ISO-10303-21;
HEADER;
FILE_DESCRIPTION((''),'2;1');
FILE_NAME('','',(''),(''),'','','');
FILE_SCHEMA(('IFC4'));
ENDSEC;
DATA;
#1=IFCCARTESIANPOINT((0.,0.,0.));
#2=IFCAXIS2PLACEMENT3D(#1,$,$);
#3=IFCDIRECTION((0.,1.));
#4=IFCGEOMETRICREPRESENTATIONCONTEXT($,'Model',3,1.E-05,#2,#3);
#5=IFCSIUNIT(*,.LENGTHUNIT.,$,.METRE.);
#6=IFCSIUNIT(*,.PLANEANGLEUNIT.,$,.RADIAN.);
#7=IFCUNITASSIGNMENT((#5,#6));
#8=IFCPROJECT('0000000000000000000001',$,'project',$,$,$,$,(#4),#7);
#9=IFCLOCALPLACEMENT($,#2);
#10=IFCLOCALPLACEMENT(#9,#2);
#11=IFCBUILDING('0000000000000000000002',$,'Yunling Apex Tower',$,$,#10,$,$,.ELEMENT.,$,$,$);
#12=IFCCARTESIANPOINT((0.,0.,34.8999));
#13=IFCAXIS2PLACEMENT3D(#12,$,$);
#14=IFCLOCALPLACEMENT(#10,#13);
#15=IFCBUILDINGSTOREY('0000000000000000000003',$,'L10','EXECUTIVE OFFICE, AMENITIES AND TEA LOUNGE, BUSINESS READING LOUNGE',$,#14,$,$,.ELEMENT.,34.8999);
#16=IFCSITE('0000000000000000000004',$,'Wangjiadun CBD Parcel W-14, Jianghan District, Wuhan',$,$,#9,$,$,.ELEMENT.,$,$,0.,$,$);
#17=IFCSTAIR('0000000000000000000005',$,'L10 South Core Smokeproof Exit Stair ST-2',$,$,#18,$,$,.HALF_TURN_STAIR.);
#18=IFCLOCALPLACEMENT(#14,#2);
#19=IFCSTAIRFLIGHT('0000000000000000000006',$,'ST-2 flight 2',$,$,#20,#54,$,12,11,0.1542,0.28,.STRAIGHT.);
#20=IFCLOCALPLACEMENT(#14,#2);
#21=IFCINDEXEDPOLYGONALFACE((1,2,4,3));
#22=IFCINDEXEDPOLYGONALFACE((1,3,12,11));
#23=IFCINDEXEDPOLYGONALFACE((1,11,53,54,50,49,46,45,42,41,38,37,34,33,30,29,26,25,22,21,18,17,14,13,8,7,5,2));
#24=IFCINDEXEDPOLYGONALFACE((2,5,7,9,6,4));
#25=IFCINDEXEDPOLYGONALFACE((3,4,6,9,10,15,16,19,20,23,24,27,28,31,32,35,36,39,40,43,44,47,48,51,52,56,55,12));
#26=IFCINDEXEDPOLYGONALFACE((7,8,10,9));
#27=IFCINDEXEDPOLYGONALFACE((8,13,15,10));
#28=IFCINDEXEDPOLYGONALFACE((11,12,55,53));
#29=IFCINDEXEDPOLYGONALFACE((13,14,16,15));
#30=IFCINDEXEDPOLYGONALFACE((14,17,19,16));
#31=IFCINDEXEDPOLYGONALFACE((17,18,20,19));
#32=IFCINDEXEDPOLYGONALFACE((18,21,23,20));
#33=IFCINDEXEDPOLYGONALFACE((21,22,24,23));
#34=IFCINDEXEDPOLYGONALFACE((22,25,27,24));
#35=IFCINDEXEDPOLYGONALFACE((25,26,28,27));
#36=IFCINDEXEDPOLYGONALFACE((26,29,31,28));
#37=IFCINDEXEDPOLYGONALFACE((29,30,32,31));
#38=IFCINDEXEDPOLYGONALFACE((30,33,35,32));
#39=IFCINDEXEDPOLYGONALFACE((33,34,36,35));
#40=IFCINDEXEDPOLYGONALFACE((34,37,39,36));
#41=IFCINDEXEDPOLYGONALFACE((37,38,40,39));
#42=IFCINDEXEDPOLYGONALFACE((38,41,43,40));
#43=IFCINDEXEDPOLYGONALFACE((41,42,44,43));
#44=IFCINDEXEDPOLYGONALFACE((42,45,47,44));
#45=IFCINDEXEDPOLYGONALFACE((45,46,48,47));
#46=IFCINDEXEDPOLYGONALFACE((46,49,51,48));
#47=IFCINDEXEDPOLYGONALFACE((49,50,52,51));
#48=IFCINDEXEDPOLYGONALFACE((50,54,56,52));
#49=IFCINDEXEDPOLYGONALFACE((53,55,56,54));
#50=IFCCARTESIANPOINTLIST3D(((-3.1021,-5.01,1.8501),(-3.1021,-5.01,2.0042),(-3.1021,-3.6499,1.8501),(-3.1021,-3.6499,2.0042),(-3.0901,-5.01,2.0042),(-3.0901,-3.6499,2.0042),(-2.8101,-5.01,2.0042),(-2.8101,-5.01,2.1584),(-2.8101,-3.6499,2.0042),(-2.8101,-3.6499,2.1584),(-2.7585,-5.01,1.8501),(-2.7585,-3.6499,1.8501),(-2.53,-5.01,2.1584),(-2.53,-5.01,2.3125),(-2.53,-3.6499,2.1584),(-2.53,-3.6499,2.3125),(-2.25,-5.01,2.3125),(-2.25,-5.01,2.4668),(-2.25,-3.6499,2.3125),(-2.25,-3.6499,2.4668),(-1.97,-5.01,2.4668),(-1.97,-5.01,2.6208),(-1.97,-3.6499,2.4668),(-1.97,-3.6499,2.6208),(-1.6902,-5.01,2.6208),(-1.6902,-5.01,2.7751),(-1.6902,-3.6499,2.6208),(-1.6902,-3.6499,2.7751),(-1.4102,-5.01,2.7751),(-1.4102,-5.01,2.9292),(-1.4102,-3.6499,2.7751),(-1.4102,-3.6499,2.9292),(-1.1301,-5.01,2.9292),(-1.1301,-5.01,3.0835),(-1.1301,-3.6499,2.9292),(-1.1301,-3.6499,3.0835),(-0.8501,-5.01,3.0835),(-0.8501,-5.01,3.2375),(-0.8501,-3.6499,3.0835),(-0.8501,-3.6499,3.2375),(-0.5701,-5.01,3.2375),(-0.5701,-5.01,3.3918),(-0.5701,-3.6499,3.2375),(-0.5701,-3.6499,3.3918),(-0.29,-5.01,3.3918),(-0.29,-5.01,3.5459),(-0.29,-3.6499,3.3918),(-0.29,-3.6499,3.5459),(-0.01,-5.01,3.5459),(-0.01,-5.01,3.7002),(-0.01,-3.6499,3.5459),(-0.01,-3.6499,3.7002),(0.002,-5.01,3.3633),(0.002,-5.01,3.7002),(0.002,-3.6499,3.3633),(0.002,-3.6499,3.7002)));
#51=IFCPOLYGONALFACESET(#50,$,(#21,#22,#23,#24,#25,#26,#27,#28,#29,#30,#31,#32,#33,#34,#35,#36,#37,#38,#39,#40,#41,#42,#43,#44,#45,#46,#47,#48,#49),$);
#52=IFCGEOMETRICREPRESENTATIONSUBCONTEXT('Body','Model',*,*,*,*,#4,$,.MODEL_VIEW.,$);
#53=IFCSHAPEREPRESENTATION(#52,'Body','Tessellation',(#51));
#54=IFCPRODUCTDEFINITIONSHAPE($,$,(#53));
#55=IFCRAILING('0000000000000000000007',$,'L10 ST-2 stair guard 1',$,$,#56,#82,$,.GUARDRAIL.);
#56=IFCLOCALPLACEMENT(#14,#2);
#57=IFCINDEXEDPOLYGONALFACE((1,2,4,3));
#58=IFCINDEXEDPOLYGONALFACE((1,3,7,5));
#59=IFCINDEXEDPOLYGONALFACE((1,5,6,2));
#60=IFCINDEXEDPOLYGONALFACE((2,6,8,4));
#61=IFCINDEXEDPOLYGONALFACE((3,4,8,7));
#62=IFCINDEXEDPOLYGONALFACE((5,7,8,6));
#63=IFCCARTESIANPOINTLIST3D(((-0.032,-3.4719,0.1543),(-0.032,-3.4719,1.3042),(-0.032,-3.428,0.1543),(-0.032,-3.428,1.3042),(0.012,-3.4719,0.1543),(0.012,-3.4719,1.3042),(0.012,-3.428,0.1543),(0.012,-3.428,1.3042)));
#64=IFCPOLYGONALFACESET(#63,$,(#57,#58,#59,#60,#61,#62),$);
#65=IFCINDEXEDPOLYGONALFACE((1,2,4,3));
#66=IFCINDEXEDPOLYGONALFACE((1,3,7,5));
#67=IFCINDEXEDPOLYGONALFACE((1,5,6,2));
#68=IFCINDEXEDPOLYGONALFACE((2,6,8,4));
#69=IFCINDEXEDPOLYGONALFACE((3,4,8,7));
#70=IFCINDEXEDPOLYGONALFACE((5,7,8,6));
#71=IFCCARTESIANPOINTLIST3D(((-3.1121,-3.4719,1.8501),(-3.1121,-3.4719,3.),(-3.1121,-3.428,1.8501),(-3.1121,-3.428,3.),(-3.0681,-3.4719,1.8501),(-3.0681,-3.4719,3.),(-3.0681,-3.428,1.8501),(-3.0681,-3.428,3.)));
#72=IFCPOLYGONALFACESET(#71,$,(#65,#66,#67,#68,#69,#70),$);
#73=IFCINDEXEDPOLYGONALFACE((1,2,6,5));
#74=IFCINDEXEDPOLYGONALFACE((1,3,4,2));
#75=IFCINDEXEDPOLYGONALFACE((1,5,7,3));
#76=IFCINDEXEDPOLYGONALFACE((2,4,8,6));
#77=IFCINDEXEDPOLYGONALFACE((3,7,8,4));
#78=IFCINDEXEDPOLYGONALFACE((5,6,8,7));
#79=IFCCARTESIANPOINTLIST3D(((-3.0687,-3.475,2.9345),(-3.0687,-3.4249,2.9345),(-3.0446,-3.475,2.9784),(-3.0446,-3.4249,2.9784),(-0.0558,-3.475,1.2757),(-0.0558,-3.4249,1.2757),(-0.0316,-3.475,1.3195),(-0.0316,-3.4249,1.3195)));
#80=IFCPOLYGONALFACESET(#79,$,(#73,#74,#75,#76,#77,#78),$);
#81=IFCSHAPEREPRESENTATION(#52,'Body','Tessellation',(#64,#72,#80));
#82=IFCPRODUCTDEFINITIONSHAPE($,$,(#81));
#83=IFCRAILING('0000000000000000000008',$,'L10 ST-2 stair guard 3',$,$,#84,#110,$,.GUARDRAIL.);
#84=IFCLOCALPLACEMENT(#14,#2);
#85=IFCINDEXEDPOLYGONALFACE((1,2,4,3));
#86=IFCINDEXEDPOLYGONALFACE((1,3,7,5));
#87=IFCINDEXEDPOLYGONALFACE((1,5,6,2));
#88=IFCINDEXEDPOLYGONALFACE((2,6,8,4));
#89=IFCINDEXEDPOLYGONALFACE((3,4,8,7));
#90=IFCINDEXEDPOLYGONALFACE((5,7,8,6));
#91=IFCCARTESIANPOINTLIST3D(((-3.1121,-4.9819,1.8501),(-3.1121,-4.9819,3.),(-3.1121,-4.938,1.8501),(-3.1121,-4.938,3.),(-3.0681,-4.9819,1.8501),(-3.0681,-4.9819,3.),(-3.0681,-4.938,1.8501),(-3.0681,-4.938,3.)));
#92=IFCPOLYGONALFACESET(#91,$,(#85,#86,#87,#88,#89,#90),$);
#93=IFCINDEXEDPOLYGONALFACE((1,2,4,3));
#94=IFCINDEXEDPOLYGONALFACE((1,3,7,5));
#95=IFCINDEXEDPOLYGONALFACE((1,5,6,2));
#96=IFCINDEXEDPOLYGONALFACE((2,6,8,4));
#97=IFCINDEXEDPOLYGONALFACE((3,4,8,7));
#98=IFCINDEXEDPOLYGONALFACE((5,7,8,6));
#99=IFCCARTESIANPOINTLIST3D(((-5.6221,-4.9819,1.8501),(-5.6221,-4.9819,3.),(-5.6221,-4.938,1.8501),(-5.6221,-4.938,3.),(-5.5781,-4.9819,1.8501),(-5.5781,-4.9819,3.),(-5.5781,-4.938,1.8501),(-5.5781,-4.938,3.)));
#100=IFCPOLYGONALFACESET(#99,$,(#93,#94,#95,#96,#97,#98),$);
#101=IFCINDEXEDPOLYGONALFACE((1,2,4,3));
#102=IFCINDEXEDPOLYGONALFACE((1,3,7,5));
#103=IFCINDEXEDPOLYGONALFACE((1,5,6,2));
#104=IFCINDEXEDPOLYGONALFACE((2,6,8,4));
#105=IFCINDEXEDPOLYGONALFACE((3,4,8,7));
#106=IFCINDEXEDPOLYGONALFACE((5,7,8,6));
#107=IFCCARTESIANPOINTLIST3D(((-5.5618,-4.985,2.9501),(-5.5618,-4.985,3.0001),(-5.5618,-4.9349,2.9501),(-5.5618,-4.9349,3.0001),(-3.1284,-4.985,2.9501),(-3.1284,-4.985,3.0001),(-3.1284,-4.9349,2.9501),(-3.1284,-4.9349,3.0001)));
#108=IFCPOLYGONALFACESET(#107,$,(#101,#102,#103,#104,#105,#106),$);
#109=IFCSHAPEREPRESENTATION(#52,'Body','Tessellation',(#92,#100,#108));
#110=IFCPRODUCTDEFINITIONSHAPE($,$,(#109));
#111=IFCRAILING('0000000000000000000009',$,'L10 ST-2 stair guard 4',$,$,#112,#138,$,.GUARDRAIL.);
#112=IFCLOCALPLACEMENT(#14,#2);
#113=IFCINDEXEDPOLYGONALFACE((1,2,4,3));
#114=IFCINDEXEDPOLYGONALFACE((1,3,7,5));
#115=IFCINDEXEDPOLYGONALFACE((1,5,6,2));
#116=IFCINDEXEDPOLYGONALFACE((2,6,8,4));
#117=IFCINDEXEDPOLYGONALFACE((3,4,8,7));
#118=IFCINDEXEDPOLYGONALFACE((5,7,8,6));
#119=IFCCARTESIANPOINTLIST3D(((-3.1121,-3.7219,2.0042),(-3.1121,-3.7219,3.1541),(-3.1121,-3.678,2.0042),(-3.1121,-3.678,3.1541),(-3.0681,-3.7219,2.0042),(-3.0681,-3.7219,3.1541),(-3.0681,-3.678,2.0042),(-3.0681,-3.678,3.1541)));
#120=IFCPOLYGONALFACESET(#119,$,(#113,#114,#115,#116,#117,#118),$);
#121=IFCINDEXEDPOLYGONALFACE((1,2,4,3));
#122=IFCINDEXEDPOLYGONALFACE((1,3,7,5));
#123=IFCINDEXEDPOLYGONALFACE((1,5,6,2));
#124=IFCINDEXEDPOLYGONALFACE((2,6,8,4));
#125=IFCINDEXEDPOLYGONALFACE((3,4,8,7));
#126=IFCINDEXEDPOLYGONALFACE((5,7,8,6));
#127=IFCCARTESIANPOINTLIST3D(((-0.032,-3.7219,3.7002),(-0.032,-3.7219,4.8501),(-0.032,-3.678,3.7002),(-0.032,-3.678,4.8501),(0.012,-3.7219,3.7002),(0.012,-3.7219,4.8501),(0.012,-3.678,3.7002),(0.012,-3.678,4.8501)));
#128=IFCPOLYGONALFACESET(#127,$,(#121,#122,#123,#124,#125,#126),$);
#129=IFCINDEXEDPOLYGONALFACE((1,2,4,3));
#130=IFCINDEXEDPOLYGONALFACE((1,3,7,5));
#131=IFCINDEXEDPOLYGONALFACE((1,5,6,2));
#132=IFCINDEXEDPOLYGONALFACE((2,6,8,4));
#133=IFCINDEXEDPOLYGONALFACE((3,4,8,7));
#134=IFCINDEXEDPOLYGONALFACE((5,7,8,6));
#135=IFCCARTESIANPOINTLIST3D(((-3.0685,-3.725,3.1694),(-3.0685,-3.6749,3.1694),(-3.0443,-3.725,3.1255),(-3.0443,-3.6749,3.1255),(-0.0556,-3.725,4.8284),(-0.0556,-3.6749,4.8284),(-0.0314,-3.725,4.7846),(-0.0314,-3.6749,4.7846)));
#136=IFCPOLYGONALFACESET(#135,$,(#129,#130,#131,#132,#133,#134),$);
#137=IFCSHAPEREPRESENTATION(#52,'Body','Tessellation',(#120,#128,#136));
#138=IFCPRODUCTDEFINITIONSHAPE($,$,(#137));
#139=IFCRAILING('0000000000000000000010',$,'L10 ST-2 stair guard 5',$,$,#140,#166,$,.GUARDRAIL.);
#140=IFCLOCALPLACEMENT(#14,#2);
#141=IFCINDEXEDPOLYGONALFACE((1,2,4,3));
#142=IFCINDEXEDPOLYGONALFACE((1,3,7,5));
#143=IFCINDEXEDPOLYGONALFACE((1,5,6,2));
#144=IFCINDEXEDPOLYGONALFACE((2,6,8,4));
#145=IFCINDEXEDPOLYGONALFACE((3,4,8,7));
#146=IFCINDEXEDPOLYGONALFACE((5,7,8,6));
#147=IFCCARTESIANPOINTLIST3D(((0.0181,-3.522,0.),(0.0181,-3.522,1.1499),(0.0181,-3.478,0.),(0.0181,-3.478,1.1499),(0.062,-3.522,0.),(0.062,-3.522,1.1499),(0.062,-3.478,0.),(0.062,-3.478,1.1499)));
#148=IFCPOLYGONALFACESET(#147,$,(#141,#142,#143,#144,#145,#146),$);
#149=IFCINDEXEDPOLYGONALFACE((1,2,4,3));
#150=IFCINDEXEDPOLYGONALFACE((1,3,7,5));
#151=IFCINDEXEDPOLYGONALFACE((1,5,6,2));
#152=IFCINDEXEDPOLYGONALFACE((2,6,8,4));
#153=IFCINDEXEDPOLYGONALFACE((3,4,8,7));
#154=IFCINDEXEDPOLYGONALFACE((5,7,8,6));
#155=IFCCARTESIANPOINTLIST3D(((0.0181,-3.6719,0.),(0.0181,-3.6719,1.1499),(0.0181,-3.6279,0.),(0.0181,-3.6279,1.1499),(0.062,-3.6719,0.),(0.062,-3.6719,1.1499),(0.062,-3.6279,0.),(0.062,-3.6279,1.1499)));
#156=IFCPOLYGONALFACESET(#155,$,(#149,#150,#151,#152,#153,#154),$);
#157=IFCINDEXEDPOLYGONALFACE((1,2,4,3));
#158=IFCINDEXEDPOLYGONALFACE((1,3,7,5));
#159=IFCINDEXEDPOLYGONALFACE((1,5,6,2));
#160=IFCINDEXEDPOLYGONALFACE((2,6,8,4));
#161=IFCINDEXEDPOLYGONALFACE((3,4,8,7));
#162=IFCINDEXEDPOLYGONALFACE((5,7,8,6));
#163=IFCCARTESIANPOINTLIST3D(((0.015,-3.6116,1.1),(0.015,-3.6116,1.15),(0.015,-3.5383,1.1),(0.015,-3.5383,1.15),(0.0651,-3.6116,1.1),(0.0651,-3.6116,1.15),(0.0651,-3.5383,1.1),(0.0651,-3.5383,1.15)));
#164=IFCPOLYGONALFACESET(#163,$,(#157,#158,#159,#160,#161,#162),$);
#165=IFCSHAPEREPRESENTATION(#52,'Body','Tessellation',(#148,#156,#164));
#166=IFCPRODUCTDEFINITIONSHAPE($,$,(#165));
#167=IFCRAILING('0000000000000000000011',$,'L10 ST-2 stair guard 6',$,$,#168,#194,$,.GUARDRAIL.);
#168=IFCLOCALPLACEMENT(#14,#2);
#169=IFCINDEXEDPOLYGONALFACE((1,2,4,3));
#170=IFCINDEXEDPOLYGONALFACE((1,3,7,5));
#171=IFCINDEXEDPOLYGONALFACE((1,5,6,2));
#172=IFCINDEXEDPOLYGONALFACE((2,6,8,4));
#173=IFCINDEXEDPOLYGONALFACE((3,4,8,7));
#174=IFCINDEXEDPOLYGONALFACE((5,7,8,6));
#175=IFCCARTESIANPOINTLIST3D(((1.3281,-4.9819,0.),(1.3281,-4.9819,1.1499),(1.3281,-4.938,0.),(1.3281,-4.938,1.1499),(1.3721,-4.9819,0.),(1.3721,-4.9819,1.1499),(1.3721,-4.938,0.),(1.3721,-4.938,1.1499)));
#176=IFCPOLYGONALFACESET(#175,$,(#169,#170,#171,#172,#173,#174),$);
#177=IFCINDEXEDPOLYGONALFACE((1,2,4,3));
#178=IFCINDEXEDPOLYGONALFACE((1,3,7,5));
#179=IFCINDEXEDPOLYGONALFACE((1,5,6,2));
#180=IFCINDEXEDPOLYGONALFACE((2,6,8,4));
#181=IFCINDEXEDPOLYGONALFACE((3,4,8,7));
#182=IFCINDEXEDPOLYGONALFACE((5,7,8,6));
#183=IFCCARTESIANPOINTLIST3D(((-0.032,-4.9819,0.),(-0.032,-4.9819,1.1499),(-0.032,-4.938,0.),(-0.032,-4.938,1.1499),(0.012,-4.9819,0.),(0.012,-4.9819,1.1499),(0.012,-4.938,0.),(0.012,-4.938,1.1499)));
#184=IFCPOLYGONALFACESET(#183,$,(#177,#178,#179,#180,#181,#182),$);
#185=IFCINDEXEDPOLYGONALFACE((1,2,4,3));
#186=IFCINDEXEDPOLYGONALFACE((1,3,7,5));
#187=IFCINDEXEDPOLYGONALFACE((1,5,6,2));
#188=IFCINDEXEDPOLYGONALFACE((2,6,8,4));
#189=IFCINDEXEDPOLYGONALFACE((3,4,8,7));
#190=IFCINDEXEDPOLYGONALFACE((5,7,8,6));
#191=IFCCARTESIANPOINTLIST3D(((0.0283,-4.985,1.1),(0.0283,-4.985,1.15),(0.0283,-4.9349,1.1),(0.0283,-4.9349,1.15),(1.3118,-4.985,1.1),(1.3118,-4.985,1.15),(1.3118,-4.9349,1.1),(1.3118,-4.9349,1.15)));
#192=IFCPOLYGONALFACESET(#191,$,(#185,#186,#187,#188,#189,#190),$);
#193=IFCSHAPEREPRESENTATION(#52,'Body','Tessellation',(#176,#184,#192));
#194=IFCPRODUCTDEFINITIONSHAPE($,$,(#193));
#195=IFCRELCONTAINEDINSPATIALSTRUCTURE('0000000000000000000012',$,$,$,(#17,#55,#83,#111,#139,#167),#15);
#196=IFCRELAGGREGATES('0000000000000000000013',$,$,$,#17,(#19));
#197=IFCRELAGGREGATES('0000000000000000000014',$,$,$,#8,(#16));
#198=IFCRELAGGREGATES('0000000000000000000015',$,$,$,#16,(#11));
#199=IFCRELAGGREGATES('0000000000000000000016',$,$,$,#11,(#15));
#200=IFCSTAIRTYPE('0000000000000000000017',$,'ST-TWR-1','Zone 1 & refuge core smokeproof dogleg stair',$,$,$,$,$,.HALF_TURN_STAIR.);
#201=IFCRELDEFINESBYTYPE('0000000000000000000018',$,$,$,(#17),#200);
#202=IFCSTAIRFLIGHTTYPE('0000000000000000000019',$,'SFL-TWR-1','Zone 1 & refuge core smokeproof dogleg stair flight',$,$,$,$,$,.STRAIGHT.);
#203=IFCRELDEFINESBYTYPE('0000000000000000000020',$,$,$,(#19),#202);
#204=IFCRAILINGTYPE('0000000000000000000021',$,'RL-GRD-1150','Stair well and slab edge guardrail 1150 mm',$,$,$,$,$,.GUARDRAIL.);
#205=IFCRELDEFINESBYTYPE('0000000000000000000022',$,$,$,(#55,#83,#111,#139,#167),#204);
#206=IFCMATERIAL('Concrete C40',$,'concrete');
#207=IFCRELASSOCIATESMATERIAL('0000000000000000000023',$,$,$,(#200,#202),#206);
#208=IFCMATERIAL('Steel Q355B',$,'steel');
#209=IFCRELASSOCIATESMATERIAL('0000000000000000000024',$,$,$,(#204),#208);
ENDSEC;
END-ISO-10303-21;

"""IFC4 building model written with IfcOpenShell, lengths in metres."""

from ifc_helpers import new_model, si_unit, direction, frame, origin, origin_2d, place, context, subcontext, project, spatial, polyline, rectangle, outline, extrude, material, type_object, element, aggregate, save


model = new_model("IFC4")

# Units and contexts
model_context = context("Model", 3, precision=1e-05, world=origin(), true_north=direction((0.0, 1.0)))
body_context = subcontext(model_context, "Body", "Model", "MODEL_VIEW")
ifc_project = project(units=[si_unit("LENGTHUNIT", "METRE"), si_unit("PLANEANGLEUNIT", "RADIAN")], contexts=[model_context])

# Site, building, storey
site_placement = place(None, origin())
site = spatial("IfcSite", under=ifc_project, at=site_placement, Name="Wangjiadun CBD Parcel W-14, Jianghan District, Wuhan", CompositionType="ELEMENT", RefElevation=0.0)
building_placement = place(site_placement, origin())
building = spatial("IfcBuilding", under=site, at=building_placement, Name="Yunling Apex Tower", CompositionType="ELEMENT")
storey_placement = place(building_placement, frame((0.0, 0.0, 34.8999)))
storey = spatial("IfcBuildingStorey", under=building, at=storey_placement, Name="L10", Description="EXECUTIVE OFFICE, AMENITIES AND TEA LOUNGE, BUSINESS READING LOUNGE", CompositionType="ELEMENT", Elevation=34.8999)

# Shared definitions
ifc_material_1 = material(Name="Concrete C40", Category="concrete")

# Shared definitions
ifc_material_2 = material(Name="Steel Q355B", Category="steel")

# Stair, stair flight
stair_type = type_object("IfcStairType", Name="ST-TWR-1", Description="Zone 1 & refuge core smokeproof dogleg stair", PredefinedType="HALF_TURN_STAIR", material=ifc_material_1)
stair_placement = place(storey_placement, origin())
stair = element("IfcStair", 1, at=stair_placement, inside=storey, type_object=stair_type, Name="L10 South Core Smokeproof Exit Stair ST-2", PredefinedType="HALF_TURN_STAIR")
stair_flight_type = type_object("IfcStairFlightType", Name="SFL-TWR-1", Description="Zone 1 & refuge core smokeproof dogleg stair flight", PredefinedType="STRAIGHT", material=ifc_material_1)
stair_flight_1_placement = place(storey_placement, frame((-3.0901, -4.3301, 1.8501), z_axis=(0.0, 0.0, 1.0), x_axis=(1.0, 0.0, 0.0)))
stair_flight_1 = element("IfcStairFlight", 2, at=stair_flight_1_placement, type_object=stair_flight_type, Name="ST-2 flight 2", NumberOfRisers=12, NumberOfTreads=11, PredefinedType="STRAIGHT", RiserHeight=0.1542, TreadLength=0.28, context=body_context, shape_type="SweptSolid", body=[
    extrude(outline(polyline([(-0.012, 0.0), (-0.012, 0.1541), (0.0, 0.1541), (0.28, 0.1541), (0.28, 0.3083), (0.5601, 0.3083), (0.5601, 0.4624), (0.8401, 0.4624), (0.8401, 0.6167), (1.1201, 0.6167), (1.1201, 0.7708), (1.3999, 0.7708), (1.3999, 0.925), (1.6799, 0.925), (1.6799, 1.0791), (1.96, 1.0791), (1.96, 1.2334), (2.24, 1.2334), (2.24, 1.3875), (2.52, 1.3875), (2.52, 1.5417), (2.8, 1.5417), (2.8, 1.6958), (3.0801, 1.6958), (3.0801, 1.8501), (3.092, 1.8501), (3.092, 1.5132), (0.3315, 0.0), (-0.012, 0.0)])), frame((0.0, 0.6802, 0.0), z_axis=(0.0, -1.0, 0.0), x_axis=(1.0, 0.0, 0.0)), (0.0, 0.0, 1.0), 1.3601),
])
aggregate(stair, [stair_flight_1])

# Railings
railing_type_1 = type_object("IfcRailingType", Name="RL-GRD-1150", Description="Stair well and slab edge guardrail 1150 mm", PredefinedType="GUARDRAIL", material=ifc_material_2)
railing_1_placement = place(storey_placement, frame((-0.01, -3.45, 0.1543)))
element("IfcRailing", 3, at=railing_1_placement, inside=storey, type_object=railing_type_1, Name="L10 ST-2 stair guard 1", PredefinedType="GUARDRAIL", context=body_context, shape_type="SweptSolid", body=[
    extrude(rectangle(XDim=0.0439, YDim=0.0439, at=origin_2d()), origin(), (0.0, 0.0, 1.0), 1.1499),
    extrude(rectangle(XDim=0.0439, YDim=0.0439, at=origin_2d()), frame((-3.0801, 0.0, 1.6958)), (0.0, 0.0, 1.0), 1.1499),
    extrude(rectangle(XDim=0.05, YDim=0.05, at=origin_2d()), frame((-0.0337, 0.0, 1.1433), z_axis=(-0.876005, 0.0, 0.482303), x_axis=(0.0, -1.0, 0.0)), (0.0, 0.0, 1.0), 3.4395),
])
railing_2_placement = place(storey_placement, frame((-3.0901, -4.96, 1.8501)))
element("IfcRailing", 4, at=railing_2_placement, inside=storey, type_object=railing_type_1, Name="L10 ST-2 stair guard 3", PredefinedType="GUARDRAIL", context=body_context, shape_type="SweptSolid", body=[
    extrude(rectangle(XDim=0.0439, YDim=0.0439, at=origin_2d()), origin(), (0.0, 0.0, 1.0), 1.1499),
    extrude(rectangle(XDim=0.0439, YDim=0.0439, at=origin_2d()), frame((-2.51, 0.0, 0.0)), (0.0, 0.0, 1.0), 1.1499),
    extrude(rectangle(XDim=0.05, YDim=0.05, at=origin_2d()), frame((-0.0383, 0.0, 1.125), z_axis=(-1.0, 0.0, 0.0), x_axis=(0.0, -1.0, 0.0)), (0.0, 0.0, 1.0), 2.4333),
])
railing_3_placement = place(storey_placement, frame((-3.0901, -3.7, 2.0042)))
element("IfcRailing", 5, at=railing_3_placement, inside=storey, type_object=railing_type_1, Name="L10 ST-2 stair guard 4", PredefinedType="GUARDRAIL", context=body_context, shape_type="SweptSolid", body=[
    extrude(rectangle(XDim=0.0439, YDim=0.0439, at=origin_2d()), origin(), (0.0, 0.0, 1.0), 1.1499),
    extrude(rectangle(XDim=0.0439, YDim=0.0439, at=origin_2d()), frame((3.0801, 0.0, 1.696)), (0.0, 0.0, 1.0), 1.1499),
    extrude(rectangle(XDim=0.05, YDim=0.05, at=origin_2d()), frame((0.0337, 0.0, 1.1433), z_axis=(0.875975, 0.0, 0.482356), x_axis=(0.0, 1.0, 0.0)), (0.0, 0.0, 1.0), 3.4395),
])
railing_4_placement = place(storey_placement, frame((0.04, -3.5, 0.0)))
element("IfcRailing", 6, at=railing_4_placement, inside=storey, type_object=railing_type_1, Name="L10 ST-2 stair guard 5", PredefinedType="GUARDRAIL", context=body_context, shape_type="SweptSolid", body=[
    extrude(rectangle(XDim=0.0439, YDim=0.0439, at=origin_2d()), origin(), (0.0, 0.0, 1.0), 1.1499),
    extrude(rectangle(XDim=0.0439, YDim=0.0439, at=origin_2d()), frame((0.0, -0.1499, 0.0)), (0.0, 0.0, 1.0), 1.1499),
    extrude(rectangle(XDim=0.05, YDim=0.05, at=origin_2d()), frame((0.0, -0.0383, 1.125), z_axis=(0.0, -1.0, 0.0), x_axis=(1.0, 0.0, 0.0)), (0.0, 0.0, 1.0), 0.0732),
])
railing_5_placement = place(storey_placement, frame((1.3501, -4.96, 0.0)))
element("IfcRailing", 7, at=railing_5_placement, inside=storey, type_object=railing_type_1, Name="L10 ST-2 stair guard 6", PredefinedType="GUARDRAIL", context=body_context, shape_type="SweptSolid", body=[
    extrude(rectangle(XDim=0.0439, YDim=0.0439, at=origin_2d()), origin(), (0.0, 0.0, 1.0), 1.1499),
    extrude(rectangle(XDim=0.0439, YDim=0.0439, at=origin_2d()), frame((-1.3601, 0.0, 0.0)), (0.0, 0.0, 1.0), 1.1499),
    extrude(rectangle(XDim=0.05, YDim=0.05, at=origin_2d()), frame((-0.0383, 0.0, 1.125), z_axis=(-1.0, 0.0, 0.0), x_axis=(0.0, -1.0, 0.0)), (0.0, 0.0, 1.0), 1.2834),
])

save(model, "model.ifc")
